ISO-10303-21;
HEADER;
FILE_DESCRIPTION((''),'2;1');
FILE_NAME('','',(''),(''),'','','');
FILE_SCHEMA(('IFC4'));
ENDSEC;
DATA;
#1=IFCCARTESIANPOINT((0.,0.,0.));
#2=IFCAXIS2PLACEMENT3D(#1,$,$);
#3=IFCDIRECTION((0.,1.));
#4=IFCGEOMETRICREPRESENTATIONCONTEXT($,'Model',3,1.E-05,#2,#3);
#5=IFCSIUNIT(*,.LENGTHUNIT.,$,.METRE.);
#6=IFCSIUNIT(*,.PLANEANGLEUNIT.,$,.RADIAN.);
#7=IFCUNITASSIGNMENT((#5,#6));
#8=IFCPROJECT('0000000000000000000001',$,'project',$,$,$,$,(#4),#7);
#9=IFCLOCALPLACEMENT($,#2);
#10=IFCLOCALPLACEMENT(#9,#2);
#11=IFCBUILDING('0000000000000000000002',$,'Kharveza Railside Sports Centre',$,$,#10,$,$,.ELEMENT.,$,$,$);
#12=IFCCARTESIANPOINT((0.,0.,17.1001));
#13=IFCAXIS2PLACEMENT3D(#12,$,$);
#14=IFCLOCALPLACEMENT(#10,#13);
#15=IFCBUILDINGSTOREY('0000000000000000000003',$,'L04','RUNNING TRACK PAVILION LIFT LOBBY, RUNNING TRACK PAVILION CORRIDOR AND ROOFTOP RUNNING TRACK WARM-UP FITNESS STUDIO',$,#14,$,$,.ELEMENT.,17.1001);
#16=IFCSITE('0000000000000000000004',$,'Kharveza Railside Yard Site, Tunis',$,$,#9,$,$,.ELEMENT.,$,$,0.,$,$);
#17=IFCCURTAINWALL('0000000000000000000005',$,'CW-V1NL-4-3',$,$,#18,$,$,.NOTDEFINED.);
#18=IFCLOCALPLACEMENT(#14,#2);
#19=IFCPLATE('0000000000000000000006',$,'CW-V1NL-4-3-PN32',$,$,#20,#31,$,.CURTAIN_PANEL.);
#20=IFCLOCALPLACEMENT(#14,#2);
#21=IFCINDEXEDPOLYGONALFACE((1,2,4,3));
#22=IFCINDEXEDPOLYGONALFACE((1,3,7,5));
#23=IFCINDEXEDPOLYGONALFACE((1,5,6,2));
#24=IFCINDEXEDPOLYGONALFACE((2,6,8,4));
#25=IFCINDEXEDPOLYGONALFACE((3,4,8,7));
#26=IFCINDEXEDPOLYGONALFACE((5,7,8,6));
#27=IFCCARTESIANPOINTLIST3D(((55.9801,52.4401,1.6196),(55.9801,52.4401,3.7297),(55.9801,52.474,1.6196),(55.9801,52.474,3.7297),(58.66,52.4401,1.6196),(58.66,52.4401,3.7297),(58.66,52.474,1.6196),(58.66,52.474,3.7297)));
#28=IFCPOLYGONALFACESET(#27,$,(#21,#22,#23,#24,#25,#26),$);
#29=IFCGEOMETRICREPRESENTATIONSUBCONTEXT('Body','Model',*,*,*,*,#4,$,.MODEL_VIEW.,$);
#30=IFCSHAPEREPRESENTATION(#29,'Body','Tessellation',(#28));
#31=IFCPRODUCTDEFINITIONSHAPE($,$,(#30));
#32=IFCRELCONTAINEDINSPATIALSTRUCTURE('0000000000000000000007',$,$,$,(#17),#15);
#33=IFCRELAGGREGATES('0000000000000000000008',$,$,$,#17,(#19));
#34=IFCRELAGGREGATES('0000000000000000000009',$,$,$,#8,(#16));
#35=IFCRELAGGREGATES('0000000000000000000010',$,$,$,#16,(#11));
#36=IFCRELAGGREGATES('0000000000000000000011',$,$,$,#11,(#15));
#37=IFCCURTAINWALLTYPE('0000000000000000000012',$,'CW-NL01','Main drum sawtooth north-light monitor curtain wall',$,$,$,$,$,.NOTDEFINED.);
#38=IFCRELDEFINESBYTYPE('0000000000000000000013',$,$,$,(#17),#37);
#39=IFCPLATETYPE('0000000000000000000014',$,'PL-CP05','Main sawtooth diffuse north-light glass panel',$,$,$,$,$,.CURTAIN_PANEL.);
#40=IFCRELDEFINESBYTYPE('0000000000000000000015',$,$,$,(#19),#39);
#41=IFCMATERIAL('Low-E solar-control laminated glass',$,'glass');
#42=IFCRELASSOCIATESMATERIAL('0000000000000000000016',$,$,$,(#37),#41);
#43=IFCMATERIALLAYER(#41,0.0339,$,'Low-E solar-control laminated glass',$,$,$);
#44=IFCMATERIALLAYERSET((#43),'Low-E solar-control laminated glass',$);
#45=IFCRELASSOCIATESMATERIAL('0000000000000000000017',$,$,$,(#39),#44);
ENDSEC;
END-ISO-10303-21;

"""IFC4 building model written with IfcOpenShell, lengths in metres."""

from ifc_helpers import new_model, si_unit, direction, frame, origin, origin_2d, place, context, subcontext, project, spatial, rectangle, extrude, material, layer, layer_set, type_object, element, aggregate, save


model = new_model("IFC4")

# Units and contexts
model_context = context("Model", 3, precision=1e-05, world=origin(), true_north=direction((0.0, 1.0)))
body_context = subcontext(model_context, "Body", "Model", "MODEL_VIEW")
ifc_project = project(units=[si_unit("LENGTHUNIT", "METRE"), si_unit("PLANEANGLEUNIT", "RADIAN")], contexts=[model_context])

# Site, building, storey
site_placement = place(None, origin())
site = spatial("IfcSite", under=ifc_project, at=site_placement, Name="Kharveza Railside Yard Site, Tunis", CompositionType="ELEMENT", RefElevation=0.0)
building_placement = place(site_placement, origin())
building = spatial("IfcBuilding", under=site, at=building_placement, Name="Kharveza Railside Sports Centre", CompositionType="ELEMENT")
storey_placement = place(building_placement, frame((0.0, 0.0, 17.1001)))
storey = spatial("IfcBuildingStorey", under=building, at=storey_placement, Name="L04", Description="RUNNING TRACK PAVILION LIFT LOBBY, RUNNING TRACK PAVILION CORRIDOR AND ROOFTOP RUNNING TRACK WARM-UP FITNESS STUDIO", CompositionType="ELEMENT", Elevation=17.1001)

# Shared definitions
ifc_material_1 = material(Name="Low-E solar-control laminated glass", Category="glass")
curtain_wall_type = type_object("IfcCurtainWallType", Name="CW-NL01", Description="Main drum sawtooth north-light monitor curtain wall", PredefinedType="NOTDEFINED", material=ifc_material_1)

# Curtain wall
curtain_wall_1_placement = place(storey_placement, origin())
curtain_wall_1 = element("IfcCurtainWall", 1, at=curtain_wall_1_placement, inside=storey, type_object=curtain_wall_type, Name="CW-V1NL-4-3", PredefinedType="NOTDEFINED")

# Plate
ifc_layer = layer(ifc_material_1, 0.0339, Name="Low-E solar-control laminated glass")
ifc_layer_set = layer_set([ifc_layer], Name="Low-E solar-control laminated glass")
plate_type = type_object("IfcPlateType", Name="PL-CP05", Description="Main sawtooth diffuse north-light glass panel", PredefinedType="CURTAIN_PANEL", material=ifc_layer_set)
plate_1_placement = place(storey_placement, frame((57.3201, 52.457, 1.6196), z_axis=(0.0, 0.0, 1.0), x_axis=(1.0, 0.0, 0.0)))
plate_1 = element("IfcPlate", 2, at=plate_1_placement, type_object=plate_type, Name="CW-V1NL-4-3-PN32", PredefinedType="CURTAIN_PANEL", context=body_context, shape_type="SweptSolid", body=[
    extrude(rectangle(XDim=2.6799, YDim=0.0339, at=origin_2d()), origin(), (0.0, 0.0, 1.0), 2.1101),
])
aggregate(curtain_wall_1, [plate_1])

save(model, "model.ifc")
